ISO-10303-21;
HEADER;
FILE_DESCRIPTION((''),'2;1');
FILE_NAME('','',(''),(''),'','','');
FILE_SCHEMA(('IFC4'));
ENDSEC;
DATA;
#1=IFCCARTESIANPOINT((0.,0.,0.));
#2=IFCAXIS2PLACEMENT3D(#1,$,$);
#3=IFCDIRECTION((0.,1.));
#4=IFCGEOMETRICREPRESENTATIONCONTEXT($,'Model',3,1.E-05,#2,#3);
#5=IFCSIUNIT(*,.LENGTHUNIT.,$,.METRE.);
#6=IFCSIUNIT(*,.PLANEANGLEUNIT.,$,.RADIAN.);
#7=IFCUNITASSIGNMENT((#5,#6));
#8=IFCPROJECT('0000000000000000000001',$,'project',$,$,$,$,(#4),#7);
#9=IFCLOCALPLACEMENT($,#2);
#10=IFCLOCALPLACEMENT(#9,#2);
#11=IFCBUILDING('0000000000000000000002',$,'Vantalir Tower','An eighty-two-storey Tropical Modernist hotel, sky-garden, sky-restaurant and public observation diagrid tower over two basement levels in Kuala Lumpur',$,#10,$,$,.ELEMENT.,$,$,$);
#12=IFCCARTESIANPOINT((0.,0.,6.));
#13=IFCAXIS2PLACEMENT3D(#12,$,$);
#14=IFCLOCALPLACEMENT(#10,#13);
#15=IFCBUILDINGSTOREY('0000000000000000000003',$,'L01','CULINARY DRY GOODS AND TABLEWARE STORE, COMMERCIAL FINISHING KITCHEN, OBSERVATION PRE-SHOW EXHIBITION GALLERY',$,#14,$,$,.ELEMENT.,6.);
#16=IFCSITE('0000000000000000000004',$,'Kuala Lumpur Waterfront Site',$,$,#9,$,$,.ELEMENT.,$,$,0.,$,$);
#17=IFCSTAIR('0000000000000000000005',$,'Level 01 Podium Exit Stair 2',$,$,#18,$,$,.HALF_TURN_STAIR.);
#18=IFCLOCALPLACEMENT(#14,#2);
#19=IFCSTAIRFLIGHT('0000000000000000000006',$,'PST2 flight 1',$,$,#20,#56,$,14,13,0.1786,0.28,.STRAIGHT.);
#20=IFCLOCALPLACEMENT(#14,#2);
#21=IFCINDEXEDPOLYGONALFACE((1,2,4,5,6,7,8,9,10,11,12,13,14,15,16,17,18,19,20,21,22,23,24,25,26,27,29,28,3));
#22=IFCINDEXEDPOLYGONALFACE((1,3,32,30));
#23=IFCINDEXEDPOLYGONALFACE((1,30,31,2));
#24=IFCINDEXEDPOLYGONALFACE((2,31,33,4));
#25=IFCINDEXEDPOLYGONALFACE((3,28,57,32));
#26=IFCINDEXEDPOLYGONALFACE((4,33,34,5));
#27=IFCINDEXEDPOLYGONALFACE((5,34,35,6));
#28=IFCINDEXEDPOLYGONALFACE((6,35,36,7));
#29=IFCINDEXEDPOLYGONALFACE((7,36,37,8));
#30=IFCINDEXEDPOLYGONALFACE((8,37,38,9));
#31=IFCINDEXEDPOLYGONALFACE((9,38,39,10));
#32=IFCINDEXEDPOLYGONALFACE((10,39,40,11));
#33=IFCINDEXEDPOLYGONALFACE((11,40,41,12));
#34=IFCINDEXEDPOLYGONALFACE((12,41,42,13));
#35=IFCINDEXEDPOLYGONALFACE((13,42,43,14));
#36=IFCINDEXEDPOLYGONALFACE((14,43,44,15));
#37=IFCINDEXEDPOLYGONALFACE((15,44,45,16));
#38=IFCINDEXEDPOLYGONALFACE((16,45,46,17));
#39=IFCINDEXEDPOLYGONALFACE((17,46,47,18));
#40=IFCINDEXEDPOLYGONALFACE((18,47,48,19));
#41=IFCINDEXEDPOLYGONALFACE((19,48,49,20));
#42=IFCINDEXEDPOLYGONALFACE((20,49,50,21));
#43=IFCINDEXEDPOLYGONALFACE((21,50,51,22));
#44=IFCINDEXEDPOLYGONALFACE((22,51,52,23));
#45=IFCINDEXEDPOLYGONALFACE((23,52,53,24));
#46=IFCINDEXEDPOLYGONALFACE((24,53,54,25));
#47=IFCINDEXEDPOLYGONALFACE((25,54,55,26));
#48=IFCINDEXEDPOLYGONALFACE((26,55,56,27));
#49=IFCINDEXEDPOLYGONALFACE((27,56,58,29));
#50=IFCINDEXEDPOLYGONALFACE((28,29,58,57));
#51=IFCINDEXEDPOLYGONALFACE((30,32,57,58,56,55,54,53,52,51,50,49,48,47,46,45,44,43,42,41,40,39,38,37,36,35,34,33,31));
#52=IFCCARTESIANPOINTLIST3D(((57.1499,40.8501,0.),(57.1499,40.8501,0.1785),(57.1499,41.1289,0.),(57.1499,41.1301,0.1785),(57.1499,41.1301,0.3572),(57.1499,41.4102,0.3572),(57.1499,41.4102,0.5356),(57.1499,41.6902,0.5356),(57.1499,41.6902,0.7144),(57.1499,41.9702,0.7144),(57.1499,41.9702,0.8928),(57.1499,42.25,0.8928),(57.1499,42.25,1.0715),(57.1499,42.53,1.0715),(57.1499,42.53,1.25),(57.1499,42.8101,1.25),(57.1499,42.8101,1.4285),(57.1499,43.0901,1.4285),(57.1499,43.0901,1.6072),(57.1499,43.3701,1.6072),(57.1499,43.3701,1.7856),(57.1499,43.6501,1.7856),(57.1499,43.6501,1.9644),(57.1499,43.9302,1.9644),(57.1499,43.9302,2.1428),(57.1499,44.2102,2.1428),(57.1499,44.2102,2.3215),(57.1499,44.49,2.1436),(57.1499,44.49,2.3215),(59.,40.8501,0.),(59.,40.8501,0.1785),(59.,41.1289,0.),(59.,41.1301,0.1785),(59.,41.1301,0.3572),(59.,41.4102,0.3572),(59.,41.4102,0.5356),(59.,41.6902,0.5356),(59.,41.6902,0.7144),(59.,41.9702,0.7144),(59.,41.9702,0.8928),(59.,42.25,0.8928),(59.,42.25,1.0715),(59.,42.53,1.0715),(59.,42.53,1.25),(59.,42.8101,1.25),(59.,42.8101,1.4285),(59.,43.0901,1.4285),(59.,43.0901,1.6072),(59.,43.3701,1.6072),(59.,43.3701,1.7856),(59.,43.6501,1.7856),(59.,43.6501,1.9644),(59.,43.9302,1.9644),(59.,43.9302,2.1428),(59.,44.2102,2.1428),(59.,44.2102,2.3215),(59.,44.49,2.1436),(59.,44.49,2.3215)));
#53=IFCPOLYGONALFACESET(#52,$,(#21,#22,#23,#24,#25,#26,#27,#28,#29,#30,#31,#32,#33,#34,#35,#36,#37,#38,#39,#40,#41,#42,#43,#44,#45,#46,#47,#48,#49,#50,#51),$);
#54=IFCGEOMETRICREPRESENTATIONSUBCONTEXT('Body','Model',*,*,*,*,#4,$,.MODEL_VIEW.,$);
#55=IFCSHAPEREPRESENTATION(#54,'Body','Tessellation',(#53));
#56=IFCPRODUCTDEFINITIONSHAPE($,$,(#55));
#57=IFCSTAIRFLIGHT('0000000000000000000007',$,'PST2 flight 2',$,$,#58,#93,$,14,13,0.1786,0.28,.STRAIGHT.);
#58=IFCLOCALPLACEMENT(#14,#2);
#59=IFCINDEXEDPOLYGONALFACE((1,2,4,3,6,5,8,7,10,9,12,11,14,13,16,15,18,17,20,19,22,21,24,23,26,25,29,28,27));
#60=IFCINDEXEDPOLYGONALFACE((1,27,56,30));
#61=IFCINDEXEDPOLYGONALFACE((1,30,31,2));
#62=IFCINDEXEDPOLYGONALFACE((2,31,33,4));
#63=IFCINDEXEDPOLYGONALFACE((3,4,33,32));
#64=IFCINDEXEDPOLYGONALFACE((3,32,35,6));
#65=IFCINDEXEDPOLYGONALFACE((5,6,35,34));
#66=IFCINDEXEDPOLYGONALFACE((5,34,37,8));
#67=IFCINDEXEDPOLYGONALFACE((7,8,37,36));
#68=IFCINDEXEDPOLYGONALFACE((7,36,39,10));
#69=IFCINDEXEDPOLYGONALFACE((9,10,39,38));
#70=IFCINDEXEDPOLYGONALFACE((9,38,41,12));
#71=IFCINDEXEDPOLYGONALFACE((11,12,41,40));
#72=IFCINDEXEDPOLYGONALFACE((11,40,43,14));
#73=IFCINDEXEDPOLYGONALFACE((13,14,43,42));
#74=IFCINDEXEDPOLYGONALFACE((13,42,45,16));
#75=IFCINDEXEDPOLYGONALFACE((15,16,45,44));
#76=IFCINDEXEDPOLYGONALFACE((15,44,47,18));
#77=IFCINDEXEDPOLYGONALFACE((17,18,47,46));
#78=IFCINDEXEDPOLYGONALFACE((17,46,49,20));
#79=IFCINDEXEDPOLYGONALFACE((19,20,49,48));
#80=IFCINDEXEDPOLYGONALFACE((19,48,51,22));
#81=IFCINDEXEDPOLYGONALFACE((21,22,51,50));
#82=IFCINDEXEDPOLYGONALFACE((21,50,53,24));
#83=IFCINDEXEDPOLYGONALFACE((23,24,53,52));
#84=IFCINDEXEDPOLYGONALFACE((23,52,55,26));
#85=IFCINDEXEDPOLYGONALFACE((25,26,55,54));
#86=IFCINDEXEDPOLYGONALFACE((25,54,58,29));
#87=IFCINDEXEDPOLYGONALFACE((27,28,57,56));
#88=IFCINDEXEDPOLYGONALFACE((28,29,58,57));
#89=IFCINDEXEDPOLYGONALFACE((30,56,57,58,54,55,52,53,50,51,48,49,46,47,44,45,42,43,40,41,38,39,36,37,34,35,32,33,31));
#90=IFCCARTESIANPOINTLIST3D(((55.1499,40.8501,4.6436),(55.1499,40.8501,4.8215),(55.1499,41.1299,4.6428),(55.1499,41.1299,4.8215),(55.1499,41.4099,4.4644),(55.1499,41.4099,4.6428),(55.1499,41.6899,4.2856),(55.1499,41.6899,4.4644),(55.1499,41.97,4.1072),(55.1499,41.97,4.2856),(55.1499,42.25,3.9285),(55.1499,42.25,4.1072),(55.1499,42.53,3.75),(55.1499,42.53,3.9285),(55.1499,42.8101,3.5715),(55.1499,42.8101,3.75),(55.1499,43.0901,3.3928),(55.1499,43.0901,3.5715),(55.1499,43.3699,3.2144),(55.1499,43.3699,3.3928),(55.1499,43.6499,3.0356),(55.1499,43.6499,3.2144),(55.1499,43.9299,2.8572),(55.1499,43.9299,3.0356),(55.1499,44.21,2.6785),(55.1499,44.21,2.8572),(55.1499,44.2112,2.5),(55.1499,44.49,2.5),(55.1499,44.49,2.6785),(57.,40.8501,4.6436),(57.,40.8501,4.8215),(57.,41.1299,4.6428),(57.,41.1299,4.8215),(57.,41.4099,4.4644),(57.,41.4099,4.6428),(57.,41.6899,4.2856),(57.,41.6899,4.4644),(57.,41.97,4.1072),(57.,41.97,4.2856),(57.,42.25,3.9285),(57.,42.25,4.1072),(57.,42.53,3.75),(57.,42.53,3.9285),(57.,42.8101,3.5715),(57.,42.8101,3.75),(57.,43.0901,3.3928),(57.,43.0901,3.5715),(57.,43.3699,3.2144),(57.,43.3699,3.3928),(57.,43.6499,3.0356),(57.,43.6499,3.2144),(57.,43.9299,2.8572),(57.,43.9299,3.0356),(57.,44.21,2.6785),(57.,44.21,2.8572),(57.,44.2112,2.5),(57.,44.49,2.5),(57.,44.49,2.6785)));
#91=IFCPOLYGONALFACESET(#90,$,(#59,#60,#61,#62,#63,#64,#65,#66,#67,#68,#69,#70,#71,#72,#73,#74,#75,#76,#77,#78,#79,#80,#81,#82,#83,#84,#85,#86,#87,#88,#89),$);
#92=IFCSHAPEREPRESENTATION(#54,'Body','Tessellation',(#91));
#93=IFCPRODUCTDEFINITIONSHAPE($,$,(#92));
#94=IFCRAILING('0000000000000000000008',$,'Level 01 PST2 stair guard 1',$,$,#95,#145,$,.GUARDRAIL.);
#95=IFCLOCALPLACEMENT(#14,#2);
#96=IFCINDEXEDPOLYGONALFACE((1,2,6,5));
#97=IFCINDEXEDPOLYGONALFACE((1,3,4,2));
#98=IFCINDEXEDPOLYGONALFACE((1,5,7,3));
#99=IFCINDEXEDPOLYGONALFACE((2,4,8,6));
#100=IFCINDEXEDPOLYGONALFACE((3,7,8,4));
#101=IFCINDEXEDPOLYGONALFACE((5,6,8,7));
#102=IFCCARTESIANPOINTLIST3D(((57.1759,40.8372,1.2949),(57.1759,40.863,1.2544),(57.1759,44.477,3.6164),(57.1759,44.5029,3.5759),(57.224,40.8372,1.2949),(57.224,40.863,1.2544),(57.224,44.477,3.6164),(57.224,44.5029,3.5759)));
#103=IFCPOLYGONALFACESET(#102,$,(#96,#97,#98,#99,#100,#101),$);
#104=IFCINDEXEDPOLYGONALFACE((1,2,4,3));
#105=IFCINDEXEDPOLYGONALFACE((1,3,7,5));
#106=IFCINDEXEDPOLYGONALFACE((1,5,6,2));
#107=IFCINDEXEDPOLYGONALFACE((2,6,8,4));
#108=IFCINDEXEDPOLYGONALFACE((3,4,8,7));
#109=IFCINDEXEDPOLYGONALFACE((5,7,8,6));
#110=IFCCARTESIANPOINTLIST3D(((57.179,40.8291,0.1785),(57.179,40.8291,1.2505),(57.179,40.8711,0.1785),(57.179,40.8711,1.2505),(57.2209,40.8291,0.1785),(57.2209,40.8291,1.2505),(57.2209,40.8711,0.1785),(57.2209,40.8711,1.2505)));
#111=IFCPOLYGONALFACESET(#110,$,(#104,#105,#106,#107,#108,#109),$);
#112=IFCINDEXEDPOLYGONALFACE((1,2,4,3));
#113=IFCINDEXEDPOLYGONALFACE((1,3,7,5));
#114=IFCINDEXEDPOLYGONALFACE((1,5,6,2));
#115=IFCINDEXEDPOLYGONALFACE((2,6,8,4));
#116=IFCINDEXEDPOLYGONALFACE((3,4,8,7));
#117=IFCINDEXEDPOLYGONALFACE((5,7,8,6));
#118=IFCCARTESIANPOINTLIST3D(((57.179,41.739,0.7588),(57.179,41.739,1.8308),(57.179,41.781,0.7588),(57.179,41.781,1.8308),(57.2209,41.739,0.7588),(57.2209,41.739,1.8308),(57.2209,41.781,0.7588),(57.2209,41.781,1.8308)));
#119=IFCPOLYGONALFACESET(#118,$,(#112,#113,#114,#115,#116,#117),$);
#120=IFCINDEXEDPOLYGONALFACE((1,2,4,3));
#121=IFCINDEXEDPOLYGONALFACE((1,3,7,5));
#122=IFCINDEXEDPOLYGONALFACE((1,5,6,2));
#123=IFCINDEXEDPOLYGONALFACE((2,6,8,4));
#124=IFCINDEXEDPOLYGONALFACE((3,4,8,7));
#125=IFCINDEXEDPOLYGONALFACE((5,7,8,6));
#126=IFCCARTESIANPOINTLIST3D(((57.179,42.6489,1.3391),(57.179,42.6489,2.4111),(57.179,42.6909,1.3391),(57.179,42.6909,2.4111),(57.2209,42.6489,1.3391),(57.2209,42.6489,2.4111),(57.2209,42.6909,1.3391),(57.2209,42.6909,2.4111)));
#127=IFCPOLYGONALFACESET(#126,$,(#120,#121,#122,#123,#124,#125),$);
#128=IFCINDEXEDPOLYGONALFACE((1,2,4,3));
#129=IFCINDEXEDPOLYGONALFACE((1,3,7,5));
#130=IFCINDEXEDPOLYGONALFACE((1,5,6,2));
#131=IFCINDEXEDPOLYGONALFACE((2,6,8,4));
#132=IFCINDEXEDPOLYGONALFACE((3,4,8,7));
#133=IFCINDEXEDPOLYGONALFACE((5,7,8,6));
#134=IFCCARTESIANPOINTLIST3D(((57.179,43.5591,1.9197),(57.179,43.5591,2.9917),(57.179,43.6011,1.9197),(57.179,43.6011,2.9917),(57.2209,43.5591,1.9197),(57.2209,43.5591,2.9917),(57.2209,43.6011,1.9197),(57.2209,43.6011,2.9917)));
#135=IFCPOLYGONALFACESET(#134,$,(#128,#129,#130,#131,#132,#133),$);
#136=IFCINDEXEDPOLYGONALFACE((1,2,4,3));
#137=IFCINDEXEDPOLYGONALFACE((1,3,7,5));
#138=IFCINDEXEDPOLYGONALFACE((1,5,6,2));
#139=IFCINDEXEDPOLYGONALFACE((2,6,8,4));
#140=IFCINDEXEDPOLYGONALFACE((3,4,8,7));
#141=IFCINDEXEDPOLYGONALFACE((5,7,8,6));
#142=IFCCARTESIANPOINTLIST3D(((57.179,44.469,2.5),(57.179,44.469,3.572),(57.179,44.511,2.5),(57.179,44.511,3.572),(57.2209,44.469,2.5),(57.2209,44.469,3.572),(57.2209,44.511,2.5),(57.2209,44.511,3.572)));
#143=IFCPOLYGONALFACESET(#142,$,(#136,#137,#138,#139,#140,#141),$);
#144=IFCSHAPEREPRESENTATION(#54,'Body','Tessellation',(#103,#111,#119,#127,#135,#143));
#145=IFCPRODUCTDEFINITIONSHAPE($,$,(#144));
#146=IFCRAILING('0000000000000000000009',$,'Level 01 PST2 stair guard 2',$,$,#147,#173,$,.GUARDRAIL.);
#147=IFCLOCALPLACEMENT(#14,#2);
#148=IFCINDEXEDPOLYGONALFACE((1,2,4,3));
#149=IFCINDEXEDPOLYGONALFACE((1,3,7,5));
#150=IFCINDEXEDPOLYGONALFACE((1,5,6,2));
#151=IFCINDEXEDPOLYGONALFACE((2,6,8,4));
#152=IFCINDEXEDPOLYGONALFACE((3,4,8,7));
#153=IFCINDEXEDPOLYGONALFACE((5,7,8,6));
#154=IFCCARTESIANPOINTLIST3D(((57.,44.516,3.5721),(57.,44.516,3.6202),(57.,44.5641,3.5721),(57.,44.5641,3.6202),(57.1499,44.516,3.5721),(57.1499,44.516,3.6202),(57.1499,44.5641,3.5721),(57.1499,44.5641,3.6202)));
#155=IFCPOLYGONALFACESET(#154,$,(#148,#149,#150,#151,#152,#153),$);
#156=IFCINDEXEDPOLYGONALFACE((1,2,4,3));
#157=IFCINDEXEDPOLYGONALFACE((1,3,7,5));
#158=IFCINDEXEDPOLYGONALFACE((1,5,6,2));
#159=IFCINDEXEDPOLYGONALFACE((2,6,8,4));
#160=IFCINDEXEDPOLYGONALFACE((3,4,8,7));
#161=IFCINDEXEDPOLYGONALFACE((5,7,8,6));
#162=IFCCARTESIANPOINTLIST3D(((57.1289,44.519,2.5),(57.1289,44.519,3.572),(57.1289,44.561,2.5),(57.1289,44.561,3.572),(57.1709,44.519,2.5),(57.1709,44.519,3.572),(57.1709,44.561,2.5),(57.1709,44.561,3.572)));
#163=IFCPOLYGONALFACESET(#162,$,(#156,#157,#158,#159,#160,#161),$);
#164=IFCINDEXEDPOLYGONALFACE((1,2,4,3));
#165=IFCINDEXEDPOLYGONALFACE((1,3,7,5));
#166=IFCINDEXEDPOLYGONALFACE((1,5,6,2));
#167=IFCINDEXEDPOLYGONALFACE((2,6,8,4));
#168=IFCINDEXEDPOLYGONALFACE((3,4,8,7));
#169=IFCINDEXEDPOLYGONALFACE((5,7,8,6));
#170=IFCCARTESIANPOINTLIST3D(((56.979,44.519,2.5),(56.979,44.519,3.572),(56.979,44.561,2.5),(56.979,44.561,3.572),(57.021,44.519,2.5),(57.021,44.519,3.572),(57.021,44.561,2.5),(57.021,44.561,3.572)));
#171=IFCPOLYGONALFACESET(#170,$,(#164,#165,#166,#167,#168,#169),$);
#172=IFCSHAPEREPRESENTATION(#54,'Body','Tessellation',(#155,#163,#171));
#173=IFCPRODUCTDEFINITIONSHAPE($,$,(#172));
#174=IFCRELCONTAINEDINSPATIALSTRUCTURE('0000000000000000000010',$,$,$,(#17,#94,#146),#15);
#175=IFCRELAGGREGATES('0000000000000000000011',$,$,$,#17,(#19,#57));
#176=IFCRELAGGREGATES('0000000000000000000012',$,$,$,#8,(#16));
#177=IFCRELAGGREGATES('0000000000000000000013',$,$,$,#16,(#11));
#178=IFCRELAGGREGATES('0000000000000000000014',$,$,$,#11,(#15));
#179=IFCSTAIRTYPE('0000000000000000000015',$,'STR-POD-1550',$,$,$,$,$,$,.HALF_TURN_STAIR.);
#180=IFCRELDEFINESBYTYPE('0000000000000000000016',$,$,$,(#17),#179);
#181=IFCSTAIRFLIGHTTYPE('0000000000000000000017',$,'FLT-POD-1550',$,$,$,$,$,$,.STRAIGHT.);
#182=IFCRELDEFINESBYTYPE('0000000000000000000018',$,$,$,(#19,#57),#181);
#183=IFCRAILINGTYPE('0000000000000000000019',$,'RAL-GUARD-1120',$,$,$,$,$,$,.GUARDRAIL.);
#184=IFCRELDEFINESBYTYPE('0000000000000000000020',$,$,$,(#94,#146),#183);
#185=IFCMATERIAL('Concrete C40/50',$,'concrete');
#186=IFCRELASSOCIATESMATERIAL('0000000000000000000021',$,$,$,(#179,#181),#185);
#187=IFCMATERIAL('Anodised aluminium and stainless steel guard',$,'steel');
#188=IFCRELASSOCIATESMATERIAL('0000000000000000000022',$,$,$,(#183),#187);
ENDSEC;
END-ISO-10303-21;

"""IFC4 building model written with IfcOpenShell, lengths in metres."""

from ifc_helpers import new_model, si_unit, direction, frame, origin, origin_2d, place, context, subcontext, project, spatial, polyline, rectangle, outline, extrude, material, type_object, element, aggregate, save


model = new_model("IFC4")

# Units and contexts
model_context = context("Model", 3, precision=1e-05, world=origin(), true_north=direction((0.0, 1.0)))
body_context = subcontext(model_context, "Body", "Model", "MODEL_VIEW")
ifc_project = project(units=[si_unit("LENGTHUNIT", "METRE"), si_unit("PLANEANGLEUNIT", "RADIAN")], contexts=[model_context])

# Site, building, storey
site_placement = place(None, origin())
site = spatial("IfcSite", under=ifc_project, at=site_placement, Name="Kuala Lumpur Waterfront Site", CompositionType="ELEMENT", RefElevation=0.0)
building_placement = place(site_placement, origin())
building = spatial("IfcBuilding", under=site, at=building_placement, Name="Vantalir Tower", Description="An eighty-two-storey Tropical Modernist hotel, sky-garden, sky-restaurant and public observation diagrid tower over two basement levels in Kuala Lumpur", CompositionType="ELEMENT")
storey_placement = place(building_placement, frame((0.0, 0.0, 6.0)))
storey = spatial("IfcBuildingStorey", under=building, at=storey_placement, Name="L01", Description="CULINARY DRY GOODS AND TABLEWARE STORE, COMMERCIAL FINISHING KITCHEN, OBSERVATION PRE-SHOW EXHIBITION GALLERY", CompositionType="ELEMENT", Elevation=6.0)

# Stair, stair flights
ifc_material_1 = material(Name="Concrete C40/50", Category="concrete")
stair_type = type_object("IfcStairType", Name="STR-POD-1550", PredefinedType="HALF_TURN_STAIR", material=ifc_material_1)
stair_placement = place(storey_placement, origin())
stair = element("IfcStair", 1, at=stair_placement, inside=storey, type_object=stair_type, Name="Level 01 Podium Exit Stair 2", PredefinedType="HALF_TURN_STAIR")
stair_flight_type = type_object("IfcStairFlightType", Name="FLT-POD-1550", PredefinedType="STRAIGHT", material=ifc_material_1)
stair_flight_1_placement = place(storey_placement, frame((58.075, 40.8501, 0.0), z_axis=(0.0, 0.0, 1.0), x_axis=(0.0, 1.0, 0.0)))
stair_flight_1 = element("IfcStairFlight", 2, at=stair_flight_1_placement, type_object=stair_flight_type, Name="PST2 flight 1", NumberOfRisers=14, NumberOfTreads=13, PredefinedType="STRAIGHT", RiserHeight=0.1786, TreadLength=0.28, context=body_context, shape_type="SweptSolid", body=[
    extrude(outline(polyline([(0.0, 0.0), (0.0, 0.1785), (0.28, 0.1785), (0.28, 0.3572), (0.5601, 0.3572), (0.5601, 0.5356), (0.8401, 0.5356), (0.8401, 0.7144), (1.1201, 0.7144), (1.1201, 0.8928), (1.3999, 0.8928), (1.3999, 1.0715), (1.6799, 1.0715), (1.6799, 1.25), (1.96, 1.25), (1.96, 1.4285), (2.24, 1.4285), (2.24, 1.6072), (2.52, 1.6072), (2.52, 1.7856), (2.8, 1.7856), (2.8, 1.9644), (3.0801, 1.9644), (3.0801, 2.1428), (3.3601, 2.1428), (3.3601, 2.3215), (3.6399, 2.3215), (3.6399, 2.5), (3.6399, 2.1436), (0.2788, 0.0), (0.0, 0.0)])), frame((0.0, 0.925, 0.0), z_axis=(0.0, -1.0, 0.0), x_axis=(1.0, 0.0, 0.0)), (0.0, 0.0, 1.0), 1.8501),
])
stair_flight_2_placement = place(storey_placement, frame((56.075, 44.49, 2.5), z_axis=(0.0, 0.0, 1.0), x_axis=(0.0, -1.0, 0.0)))
stair_flight_2 = element("IfcStairFlight", 3, at=stair_flight_2_placement, type_object=stair_flight_type, Name="PST2 flight 2", NumberOfRisers=14, NumberOfTreads=13, PredefinedType="STRAIGHT", RiserHeight=0.1786, TreadLength=0.28, context=body_context, shape_type="SweptSolid", body=[
    extrude(outline(polyline([(0.0, 0.0), (0.0, 0.1785), (0.28, 0.1785), (0.28, 0.3572), (0.5601, 0.3572), (0.5601, 0.5356), (0.8401, 0.5356), (0.8401, 0.7144), (1.1201, 0.7144), (1.1201, 0.8928), (1.3999, 0.8928), (1.3999, 1.0715), (1.6799, 1.0715), (1.6799, 1.25), (1.96, 1.25), (1.96, 1.4285), (2.24, 1.4285), (2.24, 1.6072), (2.52, 1.6072), (2.52, 1.7856), (2.8, 1.7856), (2.8, 1.9644), (3.0801, 1.9644), (3.0801, 2.1428), (3.3601, 2.1428), (3.3601, 2.3215), (3.6399, 2.3215), (3.6399, 2.5), (3.6399, 2.1436), (0.2788, 0.0), (0.0, 0.0)])), frame((0.0, 0.925, 0.0), z_axis=(0.0, -1.0, 0.0), x_axis=(1.0, 0.0, 0.0)), (0.0, 0.0, 1.0), 1.8501),
])
aggregate(stair, [stair_flight_1, stair_flight_2])

# Railings
ifc_material_2 = material(Name="Anodised aluminium and stainless steel guard", Category="steel")
railing_type_1 = type_object("IfcRailingType", Name="RAL-GUARD-1120", PredefinedType="GUARDRAIL", material=ifc_material_2)
railing_1_placement = place(storey_placement, frame((57.2, 40.8501, 0.1785)))
element("IfcRailing", 4, at=railing_1_placement, inside=storey, type_object=railing_type_1, Name="Level 01 PST2 stair guard 1", PredefinedType="GUARDRAIL", context=body_context, shape_type="SweptSolid", body=[
    extrude(rectangle(XDim=0.0481, YDim=0.0481, at=origin_2d()), frame((0.0, 0.0, 1.0962), z_axis=(0.0, 0.843112, 0.537739), x_axis=(-1.0, 0.0, 0.0)), (0.0, 0.0, 1.0), 4.3171),
    extrude(rectangle(XDim=0.042, YDim=0.042, at=origin_2d()), origin(), (0.0, 0.0, 1.0), 1.072),
    extrude(rectangle(XDim=0.042, YDim=0.042, at=origin_2d()), frame((0.0, 0.9099, 0.5803)), (0.0, 0.0, 1.0), 1.072),
    extrude(rectangle(XDim=0.042, YDim=0.042, at=origin_2d()), frame((0.0, 1.8198, 1.1606)), (0.0, 0.0, 1.0), 1.072),
    extrude(rectangle(XDim=0.042, YDim=0.042, at=origin_2d()), frame((0.0, 2.73, 1.7412)), (0.0, 0.0, 1.0), 1.072),
    extrude(rectangle(XDim=0.042, YDim=0.042, at=origin_2d()), frame((0.0, 3.6399, 2.3215)), (0.0, 0.0, 1.0), 1.072),
])
railing_2_placement = place(storey_placement, frame((57.1499, 44.54, 2.5)))
element("IfcRailing", 5, at=railing_2_placement, inside=storey, type_object=railing_type_1, Name="Level 01 PST2 stair guard 2", PredefinedType="GUARDRAIL", context=body_context, shape_type="SweptSolid", body=[
    extrude(rectangle(XDim=0.0481, YDim=0.0481, at=origin_2d()), frame((0.0, 0.0, 1.0962), z_axis=(-1.0, 0.0, 0.0), x_axis=(0.0, -1.0, 0.0)), (0.0, 0.0, 1.0), 0.1499),
    extrude(rectangle(XDim=0.042, YDim=0.042, at=origin_2d()), origin(), (0.0, 0.0, 1.0), 1.072),
    extrude(rectangle(XDim=0.042, YDim=0.042, at=origin_2d()), frame((-0.1499, 0.0, 0.0)), (0.0, 0.0, 1.0), 1.072),
])

save(model, "model.ifc")
